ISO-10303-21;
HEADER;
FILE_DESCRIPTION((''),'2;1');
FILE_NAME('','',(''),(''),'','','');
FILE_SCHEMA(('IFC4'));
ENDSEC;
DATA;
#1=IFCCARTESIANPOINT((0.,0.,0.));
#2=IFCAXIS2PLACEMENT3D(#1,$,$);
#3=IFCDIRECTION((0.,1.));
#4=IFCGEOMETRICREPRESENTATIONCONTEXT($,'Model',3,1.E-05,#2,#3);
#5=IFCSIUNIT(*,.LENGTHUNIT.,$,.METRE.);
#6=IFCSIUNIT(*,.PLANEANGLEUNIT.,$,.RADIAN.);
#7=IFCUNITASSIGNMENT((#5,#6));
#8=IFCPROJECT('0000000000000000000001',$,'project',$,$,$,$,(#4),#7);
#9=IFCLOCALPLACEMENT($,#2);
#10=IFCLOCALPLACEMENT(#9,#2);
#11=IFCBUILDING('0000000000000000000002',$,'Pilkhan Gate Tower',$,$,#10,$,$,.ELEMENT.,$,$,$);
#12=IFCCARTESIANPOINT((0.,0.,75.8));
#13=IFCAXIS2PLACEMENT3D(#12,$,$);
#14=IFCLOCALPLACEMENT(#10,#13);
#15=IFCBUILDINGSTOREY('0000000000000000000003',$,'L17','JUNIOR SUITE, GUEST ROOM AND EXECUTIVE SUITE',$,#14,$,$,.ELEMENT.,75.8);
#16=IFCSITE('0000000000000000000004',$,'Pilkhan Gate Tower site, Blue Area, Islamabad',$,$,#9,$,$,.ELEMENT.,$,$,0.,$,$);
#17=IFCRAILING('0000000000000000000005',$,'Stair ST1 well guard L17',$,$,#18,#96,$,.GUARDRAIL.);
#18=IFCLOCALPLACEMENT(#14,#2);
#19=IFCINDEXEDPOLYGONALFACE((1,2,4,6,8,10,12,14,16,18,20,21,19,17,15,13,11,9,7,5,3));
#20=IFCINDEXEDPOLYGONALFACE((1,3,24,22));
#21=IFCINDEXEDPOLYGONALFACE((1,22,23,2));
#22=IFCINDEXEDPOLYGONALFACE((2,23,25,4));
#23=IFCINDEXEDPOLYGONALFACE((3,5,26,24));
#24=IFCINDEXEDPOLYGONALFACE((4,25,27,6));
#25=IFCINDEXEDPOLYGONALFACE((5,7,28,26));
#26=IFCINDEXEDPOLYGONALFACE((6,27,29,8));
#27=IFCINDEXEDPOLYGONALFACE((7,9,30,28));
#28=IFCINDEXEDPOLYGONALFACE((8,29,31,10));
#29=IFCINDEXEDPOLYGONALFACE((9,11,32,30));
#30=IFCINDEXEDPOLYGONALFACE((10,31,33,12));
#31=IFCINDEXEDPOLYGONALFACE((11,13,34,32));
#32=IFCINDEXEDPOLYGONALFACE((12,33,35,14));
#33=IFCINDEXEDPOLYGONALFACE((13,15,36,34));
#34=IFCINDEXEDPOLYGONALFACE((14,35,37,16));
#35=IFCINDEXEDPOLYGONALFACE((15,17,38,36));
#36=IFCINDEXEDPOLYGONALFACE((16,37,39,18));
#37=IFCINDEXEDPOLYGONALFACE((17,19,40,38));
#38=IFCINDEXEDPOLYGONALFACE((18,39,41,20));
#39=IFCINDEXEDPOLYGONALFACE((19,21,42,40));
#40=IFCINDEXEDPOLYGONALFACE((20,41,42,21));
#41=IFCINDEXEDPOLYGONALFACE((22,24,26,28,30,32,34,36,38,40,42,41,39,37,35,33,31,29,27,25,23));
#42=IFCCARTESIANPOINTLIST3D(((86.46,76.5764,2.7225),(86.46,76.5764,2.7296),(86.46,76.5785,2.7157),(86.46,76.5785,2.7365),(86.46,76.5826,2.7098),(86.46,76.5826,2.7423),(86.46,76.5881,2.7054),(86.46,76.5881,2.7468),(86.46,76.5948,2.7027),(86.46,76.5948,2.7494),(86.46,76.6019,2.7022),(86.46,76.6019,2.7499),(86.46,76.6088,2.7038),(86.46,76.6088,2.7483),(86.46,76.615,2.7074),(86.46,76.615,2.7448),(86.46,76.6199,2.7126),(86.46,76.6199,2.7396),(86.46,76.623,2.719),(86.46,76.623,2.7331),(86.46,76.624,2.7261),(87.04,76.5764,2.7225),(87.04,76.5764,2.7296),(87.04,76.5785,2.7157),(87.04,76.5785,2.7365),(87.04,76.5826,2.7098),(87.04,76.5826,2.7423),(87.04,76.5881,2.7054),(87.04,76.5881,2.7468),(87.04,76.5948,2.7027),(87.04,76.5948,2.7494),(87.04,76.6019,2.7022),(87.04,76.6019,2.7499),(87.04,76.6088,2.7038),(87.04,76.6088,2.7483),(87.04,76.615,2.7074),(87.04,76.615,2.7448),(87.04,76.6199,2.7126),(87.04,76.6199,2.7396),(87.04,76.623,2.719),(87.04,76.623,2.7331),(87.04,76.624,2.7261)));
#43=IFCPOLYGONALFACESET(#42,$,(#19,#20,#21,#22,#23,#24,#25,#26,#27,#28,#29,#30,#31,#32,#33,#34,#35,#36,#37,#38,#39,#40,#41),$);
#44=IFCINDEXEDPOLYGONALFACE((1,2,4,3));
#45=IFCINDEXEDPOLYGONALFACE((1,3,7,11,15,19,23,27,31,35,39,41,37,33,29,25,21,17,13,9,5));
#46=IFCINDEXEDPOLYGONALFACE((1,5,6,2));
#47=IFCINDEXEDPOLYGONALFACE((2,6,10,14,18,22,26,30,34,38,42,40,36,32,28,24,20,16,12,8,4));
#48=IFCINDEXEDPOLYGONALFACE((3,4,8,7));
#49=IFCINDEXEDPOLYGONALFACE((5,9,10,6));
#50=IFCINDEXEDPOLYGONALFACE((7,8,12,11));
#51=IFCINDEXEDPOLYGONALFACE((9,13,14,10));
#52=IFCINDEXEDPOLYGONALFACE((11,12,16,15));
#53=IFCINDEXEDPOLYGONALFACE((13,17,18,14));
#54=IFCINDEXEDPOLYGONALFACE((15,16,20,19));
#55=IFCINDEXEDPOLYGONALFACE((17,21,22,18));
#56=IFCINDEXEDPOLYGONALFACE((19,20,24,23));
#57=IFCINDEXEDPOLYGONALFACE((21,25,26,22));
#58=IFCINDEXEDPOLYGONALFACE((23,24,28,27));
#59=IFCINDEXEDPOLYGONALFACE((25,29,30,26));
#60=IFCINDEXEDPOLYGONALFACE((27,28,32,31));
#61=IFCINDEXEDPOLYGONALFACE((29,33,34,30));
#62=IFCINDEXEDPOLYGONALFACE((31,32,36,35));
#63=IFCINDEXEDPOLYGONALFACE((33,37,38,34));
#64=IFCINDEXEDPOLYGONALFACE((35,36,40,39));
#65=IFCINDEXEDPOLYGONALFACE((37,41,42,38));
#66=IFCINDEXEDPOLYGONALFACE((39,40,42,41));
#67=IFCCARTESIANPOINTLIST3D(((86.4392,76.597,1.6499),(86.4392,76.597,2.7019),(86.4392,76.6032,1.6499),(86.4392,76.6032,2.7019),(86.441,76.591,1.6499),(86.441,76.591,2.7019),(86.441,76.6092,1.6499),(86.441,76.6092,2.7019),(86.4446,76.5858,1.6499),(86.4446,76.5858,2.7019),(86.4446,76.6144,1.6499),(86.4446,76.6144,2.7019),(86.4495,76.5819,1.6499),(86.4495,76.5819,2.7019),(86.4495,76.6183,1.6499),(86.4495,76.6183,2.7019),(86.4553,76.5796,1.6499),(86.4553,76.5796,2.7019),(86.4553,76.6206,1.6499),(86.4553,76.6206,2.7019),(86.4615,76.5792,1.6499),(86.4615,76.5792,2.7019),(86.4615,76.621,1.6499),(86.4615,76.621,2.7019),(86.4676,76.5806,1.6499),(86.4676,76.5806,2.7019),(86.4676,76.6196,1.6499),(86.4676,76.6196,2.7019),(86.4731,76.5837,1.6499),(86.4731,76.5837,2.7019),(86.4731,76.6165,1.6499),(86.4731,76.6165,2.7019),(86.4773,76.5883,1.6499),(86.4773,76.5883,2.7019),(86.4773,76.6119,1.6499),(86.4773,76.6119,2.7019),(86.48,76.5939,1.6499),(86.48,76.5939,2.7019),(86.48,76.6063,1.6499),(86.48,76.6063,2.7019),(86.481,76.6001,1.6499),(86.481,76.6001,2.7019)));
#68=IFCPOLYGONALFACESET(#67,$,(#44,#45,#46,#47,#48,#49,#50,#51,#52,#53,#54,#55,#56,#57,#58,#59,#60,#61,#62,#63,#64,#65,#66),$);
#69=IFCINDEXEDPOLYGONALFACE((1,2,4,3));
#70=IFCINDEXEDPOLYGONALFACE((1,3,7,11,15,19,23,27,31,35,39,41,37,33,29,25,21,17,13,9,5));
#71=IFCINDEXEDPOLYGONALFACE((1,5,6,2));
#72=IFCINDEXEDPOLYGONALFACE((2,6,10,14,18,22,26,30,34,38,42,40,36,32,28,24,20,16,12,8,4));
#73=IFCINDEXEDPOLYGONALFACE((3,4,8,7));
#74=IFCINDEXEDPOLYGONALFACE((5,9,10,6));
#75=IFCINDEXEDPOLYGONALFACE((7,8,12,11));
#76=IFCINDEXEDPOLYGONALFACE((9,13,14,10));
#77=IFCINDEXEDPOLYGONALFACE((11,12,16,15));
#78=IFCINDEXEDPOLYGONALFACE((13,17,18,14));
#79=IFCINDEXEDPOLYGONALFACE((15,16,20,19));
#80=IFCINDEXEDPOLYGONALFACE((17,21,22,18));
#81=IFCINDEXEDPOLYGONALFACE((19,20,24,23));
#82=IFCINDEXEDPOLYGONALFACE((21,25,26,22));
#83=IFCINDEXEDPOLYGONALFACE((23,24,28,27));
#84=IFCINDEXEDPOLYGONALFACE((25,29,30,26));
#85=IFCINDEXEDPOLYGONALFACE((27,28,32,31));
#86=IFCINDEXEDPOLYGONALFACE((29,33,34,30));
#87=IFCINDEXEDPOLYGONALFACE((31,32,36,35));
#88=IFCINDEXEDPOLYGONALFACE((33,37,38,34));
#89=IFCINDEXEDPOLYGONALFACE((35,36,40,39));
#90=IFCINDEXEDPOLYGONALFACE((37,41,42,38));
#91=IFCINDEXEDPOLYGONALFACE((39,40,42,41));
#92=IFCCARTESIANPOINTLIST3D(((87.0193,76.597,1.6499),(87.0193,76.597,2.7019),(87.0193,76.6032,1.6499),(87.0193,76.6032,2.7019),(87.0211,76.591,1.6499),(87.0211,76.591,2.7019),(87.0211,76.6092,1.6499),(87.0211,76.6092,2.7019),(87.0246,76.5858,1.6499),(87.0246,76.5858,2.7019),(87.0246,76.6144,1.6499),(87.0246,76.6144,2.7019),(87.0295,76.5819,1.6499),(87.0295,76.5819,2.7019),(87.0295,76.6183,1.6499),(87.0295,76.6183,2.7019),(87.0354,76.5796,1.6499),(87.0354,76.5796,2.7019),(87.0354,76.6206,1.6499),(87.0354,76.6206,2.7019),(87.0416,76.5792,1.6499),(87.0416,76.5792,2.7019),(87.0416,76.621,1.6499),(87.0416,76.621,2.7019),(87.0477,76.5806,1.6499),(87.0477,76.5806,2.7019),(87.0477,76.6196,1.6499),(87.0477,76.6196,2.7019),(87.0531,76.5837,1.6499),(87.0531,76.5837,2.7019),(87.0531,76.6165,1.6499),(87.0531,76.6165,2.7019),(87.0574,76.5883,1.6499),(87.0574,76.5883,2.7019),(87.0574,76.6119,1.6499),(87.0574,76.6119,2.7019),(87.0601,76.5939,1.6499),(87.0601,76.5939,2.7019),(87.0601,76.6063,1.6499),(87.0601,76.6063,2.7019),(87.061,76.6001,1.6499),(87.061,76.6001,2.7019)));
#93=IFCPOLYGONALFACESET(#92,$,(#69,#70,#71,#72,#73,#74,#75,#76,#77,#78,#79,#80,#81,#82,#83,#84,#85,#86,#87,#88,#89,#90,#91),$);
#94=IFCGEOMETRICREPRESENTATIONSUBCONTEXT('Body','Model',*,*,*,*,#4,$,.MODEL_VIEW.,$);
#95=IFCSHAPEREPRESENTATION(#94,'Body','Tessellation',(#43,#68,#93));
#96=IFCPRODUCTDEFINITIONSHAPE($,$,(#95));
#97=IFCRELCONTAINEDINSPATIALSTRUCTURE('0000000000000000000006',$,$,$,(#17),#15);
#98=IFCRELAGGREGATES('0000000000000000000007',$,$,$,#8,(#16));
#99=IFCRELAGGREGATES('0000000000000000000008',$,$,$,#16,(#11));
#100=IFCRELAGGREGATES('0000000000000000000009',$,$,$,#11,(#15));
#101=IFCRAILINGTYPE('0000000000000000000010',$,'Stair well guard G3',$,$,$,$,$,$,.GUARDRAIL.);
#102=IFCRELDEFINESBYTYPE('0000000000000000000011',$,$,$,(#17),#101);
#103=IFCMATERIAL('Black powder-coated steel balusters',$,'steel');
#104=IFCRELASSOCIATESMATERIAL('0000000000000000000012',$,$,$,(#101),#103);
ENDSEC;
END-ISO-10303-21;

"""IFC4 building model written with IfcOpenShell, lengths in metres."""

from ifc_helpers import new_model, si_unit, direction, frame, origin, origin_2d, place, context, subcontext, project, spatial, circle, extrude, material, type_object, element, save


model = new_model("IFC4")

# Units and contexts
model_context = context("Model", 3, precision=1e-05, world=origin(), true_north=direction((0.0, 1.0)))
body_context = subcontext(model_context, "Body", "Model", "MODEL_VIEW")
ifc_project = project(units=[si_unit("LENGTHUNIT", "METRE"), si_unit("PLANEANGLEUNIT", "RADIAN")], contexts=[model_context])

# Site, building, storey
site_placement = place(None, origin())
site = spatial("IfcSite", under=ifc_project, at=site_placement, Name="Pilkhan Gate Tower site, Blue Area, Islamabad", CompositionType="ELEMENT", RefElevation=0.0)
building_placement = place(site_placement, origin())
building = spatial("IfcBuilding", under=site, at=building_placement, Name="Pilkhan Gate Tower", CompositionType="ELEMENT")
storey_placement = place(building_placement, frame((0.0, 0.0, 75.8)))
storey = spatial("IfcBuildingStorey", under=building, at=storey_placement, Name="L17", Description="JUNIOR SUITE, GUEST ROOM AND EXECUTIVE SUITE", CompositionType="ELEMENT", Elevation=75.8)

# Railing
ifc_material_1 = material(Name="Black powder-coated steel balusters", Category="steel")
railing_type_1 = type_object("IfcRailingType", Name="Stair well guard G3", PredefinedType="GUARDRAIL", material=ifc_material_1)
for number, where, name in (
    (1, (86.46, 76.6001, 1.6499), "Stair ST1 well guard L17"),
):
    element("IfcRailing", number, at=place(storey_placement, frame(where)), inside=storey, type_object=railing_type_1, Name=name, PredefinedType="GUARDRAIL", context=body_context, shape_type="SweptSolid", body=[
        extrude(circle(Radius=0.0239, at=origin_2d()), frame((0.0, 0.0, 1.0762), z_axis=(1.0, 0.0, 0.0), x_axis=(0.0, 1.0, 0.0)), (0.0, 0.0, 1.0), 0.5801),
        extrude(circle(Radius=0.021, at=origin_2d()), origin(), (0.0, 0.0, 1.0), 1.052),
        extrude(circle(Radius=0.021, at=origin_2d()), frame((0.5801, 0.0, 0.0)), (0.0, 0.0, 1.0), 1.052),
    ])

save(model, "model.ifc")
